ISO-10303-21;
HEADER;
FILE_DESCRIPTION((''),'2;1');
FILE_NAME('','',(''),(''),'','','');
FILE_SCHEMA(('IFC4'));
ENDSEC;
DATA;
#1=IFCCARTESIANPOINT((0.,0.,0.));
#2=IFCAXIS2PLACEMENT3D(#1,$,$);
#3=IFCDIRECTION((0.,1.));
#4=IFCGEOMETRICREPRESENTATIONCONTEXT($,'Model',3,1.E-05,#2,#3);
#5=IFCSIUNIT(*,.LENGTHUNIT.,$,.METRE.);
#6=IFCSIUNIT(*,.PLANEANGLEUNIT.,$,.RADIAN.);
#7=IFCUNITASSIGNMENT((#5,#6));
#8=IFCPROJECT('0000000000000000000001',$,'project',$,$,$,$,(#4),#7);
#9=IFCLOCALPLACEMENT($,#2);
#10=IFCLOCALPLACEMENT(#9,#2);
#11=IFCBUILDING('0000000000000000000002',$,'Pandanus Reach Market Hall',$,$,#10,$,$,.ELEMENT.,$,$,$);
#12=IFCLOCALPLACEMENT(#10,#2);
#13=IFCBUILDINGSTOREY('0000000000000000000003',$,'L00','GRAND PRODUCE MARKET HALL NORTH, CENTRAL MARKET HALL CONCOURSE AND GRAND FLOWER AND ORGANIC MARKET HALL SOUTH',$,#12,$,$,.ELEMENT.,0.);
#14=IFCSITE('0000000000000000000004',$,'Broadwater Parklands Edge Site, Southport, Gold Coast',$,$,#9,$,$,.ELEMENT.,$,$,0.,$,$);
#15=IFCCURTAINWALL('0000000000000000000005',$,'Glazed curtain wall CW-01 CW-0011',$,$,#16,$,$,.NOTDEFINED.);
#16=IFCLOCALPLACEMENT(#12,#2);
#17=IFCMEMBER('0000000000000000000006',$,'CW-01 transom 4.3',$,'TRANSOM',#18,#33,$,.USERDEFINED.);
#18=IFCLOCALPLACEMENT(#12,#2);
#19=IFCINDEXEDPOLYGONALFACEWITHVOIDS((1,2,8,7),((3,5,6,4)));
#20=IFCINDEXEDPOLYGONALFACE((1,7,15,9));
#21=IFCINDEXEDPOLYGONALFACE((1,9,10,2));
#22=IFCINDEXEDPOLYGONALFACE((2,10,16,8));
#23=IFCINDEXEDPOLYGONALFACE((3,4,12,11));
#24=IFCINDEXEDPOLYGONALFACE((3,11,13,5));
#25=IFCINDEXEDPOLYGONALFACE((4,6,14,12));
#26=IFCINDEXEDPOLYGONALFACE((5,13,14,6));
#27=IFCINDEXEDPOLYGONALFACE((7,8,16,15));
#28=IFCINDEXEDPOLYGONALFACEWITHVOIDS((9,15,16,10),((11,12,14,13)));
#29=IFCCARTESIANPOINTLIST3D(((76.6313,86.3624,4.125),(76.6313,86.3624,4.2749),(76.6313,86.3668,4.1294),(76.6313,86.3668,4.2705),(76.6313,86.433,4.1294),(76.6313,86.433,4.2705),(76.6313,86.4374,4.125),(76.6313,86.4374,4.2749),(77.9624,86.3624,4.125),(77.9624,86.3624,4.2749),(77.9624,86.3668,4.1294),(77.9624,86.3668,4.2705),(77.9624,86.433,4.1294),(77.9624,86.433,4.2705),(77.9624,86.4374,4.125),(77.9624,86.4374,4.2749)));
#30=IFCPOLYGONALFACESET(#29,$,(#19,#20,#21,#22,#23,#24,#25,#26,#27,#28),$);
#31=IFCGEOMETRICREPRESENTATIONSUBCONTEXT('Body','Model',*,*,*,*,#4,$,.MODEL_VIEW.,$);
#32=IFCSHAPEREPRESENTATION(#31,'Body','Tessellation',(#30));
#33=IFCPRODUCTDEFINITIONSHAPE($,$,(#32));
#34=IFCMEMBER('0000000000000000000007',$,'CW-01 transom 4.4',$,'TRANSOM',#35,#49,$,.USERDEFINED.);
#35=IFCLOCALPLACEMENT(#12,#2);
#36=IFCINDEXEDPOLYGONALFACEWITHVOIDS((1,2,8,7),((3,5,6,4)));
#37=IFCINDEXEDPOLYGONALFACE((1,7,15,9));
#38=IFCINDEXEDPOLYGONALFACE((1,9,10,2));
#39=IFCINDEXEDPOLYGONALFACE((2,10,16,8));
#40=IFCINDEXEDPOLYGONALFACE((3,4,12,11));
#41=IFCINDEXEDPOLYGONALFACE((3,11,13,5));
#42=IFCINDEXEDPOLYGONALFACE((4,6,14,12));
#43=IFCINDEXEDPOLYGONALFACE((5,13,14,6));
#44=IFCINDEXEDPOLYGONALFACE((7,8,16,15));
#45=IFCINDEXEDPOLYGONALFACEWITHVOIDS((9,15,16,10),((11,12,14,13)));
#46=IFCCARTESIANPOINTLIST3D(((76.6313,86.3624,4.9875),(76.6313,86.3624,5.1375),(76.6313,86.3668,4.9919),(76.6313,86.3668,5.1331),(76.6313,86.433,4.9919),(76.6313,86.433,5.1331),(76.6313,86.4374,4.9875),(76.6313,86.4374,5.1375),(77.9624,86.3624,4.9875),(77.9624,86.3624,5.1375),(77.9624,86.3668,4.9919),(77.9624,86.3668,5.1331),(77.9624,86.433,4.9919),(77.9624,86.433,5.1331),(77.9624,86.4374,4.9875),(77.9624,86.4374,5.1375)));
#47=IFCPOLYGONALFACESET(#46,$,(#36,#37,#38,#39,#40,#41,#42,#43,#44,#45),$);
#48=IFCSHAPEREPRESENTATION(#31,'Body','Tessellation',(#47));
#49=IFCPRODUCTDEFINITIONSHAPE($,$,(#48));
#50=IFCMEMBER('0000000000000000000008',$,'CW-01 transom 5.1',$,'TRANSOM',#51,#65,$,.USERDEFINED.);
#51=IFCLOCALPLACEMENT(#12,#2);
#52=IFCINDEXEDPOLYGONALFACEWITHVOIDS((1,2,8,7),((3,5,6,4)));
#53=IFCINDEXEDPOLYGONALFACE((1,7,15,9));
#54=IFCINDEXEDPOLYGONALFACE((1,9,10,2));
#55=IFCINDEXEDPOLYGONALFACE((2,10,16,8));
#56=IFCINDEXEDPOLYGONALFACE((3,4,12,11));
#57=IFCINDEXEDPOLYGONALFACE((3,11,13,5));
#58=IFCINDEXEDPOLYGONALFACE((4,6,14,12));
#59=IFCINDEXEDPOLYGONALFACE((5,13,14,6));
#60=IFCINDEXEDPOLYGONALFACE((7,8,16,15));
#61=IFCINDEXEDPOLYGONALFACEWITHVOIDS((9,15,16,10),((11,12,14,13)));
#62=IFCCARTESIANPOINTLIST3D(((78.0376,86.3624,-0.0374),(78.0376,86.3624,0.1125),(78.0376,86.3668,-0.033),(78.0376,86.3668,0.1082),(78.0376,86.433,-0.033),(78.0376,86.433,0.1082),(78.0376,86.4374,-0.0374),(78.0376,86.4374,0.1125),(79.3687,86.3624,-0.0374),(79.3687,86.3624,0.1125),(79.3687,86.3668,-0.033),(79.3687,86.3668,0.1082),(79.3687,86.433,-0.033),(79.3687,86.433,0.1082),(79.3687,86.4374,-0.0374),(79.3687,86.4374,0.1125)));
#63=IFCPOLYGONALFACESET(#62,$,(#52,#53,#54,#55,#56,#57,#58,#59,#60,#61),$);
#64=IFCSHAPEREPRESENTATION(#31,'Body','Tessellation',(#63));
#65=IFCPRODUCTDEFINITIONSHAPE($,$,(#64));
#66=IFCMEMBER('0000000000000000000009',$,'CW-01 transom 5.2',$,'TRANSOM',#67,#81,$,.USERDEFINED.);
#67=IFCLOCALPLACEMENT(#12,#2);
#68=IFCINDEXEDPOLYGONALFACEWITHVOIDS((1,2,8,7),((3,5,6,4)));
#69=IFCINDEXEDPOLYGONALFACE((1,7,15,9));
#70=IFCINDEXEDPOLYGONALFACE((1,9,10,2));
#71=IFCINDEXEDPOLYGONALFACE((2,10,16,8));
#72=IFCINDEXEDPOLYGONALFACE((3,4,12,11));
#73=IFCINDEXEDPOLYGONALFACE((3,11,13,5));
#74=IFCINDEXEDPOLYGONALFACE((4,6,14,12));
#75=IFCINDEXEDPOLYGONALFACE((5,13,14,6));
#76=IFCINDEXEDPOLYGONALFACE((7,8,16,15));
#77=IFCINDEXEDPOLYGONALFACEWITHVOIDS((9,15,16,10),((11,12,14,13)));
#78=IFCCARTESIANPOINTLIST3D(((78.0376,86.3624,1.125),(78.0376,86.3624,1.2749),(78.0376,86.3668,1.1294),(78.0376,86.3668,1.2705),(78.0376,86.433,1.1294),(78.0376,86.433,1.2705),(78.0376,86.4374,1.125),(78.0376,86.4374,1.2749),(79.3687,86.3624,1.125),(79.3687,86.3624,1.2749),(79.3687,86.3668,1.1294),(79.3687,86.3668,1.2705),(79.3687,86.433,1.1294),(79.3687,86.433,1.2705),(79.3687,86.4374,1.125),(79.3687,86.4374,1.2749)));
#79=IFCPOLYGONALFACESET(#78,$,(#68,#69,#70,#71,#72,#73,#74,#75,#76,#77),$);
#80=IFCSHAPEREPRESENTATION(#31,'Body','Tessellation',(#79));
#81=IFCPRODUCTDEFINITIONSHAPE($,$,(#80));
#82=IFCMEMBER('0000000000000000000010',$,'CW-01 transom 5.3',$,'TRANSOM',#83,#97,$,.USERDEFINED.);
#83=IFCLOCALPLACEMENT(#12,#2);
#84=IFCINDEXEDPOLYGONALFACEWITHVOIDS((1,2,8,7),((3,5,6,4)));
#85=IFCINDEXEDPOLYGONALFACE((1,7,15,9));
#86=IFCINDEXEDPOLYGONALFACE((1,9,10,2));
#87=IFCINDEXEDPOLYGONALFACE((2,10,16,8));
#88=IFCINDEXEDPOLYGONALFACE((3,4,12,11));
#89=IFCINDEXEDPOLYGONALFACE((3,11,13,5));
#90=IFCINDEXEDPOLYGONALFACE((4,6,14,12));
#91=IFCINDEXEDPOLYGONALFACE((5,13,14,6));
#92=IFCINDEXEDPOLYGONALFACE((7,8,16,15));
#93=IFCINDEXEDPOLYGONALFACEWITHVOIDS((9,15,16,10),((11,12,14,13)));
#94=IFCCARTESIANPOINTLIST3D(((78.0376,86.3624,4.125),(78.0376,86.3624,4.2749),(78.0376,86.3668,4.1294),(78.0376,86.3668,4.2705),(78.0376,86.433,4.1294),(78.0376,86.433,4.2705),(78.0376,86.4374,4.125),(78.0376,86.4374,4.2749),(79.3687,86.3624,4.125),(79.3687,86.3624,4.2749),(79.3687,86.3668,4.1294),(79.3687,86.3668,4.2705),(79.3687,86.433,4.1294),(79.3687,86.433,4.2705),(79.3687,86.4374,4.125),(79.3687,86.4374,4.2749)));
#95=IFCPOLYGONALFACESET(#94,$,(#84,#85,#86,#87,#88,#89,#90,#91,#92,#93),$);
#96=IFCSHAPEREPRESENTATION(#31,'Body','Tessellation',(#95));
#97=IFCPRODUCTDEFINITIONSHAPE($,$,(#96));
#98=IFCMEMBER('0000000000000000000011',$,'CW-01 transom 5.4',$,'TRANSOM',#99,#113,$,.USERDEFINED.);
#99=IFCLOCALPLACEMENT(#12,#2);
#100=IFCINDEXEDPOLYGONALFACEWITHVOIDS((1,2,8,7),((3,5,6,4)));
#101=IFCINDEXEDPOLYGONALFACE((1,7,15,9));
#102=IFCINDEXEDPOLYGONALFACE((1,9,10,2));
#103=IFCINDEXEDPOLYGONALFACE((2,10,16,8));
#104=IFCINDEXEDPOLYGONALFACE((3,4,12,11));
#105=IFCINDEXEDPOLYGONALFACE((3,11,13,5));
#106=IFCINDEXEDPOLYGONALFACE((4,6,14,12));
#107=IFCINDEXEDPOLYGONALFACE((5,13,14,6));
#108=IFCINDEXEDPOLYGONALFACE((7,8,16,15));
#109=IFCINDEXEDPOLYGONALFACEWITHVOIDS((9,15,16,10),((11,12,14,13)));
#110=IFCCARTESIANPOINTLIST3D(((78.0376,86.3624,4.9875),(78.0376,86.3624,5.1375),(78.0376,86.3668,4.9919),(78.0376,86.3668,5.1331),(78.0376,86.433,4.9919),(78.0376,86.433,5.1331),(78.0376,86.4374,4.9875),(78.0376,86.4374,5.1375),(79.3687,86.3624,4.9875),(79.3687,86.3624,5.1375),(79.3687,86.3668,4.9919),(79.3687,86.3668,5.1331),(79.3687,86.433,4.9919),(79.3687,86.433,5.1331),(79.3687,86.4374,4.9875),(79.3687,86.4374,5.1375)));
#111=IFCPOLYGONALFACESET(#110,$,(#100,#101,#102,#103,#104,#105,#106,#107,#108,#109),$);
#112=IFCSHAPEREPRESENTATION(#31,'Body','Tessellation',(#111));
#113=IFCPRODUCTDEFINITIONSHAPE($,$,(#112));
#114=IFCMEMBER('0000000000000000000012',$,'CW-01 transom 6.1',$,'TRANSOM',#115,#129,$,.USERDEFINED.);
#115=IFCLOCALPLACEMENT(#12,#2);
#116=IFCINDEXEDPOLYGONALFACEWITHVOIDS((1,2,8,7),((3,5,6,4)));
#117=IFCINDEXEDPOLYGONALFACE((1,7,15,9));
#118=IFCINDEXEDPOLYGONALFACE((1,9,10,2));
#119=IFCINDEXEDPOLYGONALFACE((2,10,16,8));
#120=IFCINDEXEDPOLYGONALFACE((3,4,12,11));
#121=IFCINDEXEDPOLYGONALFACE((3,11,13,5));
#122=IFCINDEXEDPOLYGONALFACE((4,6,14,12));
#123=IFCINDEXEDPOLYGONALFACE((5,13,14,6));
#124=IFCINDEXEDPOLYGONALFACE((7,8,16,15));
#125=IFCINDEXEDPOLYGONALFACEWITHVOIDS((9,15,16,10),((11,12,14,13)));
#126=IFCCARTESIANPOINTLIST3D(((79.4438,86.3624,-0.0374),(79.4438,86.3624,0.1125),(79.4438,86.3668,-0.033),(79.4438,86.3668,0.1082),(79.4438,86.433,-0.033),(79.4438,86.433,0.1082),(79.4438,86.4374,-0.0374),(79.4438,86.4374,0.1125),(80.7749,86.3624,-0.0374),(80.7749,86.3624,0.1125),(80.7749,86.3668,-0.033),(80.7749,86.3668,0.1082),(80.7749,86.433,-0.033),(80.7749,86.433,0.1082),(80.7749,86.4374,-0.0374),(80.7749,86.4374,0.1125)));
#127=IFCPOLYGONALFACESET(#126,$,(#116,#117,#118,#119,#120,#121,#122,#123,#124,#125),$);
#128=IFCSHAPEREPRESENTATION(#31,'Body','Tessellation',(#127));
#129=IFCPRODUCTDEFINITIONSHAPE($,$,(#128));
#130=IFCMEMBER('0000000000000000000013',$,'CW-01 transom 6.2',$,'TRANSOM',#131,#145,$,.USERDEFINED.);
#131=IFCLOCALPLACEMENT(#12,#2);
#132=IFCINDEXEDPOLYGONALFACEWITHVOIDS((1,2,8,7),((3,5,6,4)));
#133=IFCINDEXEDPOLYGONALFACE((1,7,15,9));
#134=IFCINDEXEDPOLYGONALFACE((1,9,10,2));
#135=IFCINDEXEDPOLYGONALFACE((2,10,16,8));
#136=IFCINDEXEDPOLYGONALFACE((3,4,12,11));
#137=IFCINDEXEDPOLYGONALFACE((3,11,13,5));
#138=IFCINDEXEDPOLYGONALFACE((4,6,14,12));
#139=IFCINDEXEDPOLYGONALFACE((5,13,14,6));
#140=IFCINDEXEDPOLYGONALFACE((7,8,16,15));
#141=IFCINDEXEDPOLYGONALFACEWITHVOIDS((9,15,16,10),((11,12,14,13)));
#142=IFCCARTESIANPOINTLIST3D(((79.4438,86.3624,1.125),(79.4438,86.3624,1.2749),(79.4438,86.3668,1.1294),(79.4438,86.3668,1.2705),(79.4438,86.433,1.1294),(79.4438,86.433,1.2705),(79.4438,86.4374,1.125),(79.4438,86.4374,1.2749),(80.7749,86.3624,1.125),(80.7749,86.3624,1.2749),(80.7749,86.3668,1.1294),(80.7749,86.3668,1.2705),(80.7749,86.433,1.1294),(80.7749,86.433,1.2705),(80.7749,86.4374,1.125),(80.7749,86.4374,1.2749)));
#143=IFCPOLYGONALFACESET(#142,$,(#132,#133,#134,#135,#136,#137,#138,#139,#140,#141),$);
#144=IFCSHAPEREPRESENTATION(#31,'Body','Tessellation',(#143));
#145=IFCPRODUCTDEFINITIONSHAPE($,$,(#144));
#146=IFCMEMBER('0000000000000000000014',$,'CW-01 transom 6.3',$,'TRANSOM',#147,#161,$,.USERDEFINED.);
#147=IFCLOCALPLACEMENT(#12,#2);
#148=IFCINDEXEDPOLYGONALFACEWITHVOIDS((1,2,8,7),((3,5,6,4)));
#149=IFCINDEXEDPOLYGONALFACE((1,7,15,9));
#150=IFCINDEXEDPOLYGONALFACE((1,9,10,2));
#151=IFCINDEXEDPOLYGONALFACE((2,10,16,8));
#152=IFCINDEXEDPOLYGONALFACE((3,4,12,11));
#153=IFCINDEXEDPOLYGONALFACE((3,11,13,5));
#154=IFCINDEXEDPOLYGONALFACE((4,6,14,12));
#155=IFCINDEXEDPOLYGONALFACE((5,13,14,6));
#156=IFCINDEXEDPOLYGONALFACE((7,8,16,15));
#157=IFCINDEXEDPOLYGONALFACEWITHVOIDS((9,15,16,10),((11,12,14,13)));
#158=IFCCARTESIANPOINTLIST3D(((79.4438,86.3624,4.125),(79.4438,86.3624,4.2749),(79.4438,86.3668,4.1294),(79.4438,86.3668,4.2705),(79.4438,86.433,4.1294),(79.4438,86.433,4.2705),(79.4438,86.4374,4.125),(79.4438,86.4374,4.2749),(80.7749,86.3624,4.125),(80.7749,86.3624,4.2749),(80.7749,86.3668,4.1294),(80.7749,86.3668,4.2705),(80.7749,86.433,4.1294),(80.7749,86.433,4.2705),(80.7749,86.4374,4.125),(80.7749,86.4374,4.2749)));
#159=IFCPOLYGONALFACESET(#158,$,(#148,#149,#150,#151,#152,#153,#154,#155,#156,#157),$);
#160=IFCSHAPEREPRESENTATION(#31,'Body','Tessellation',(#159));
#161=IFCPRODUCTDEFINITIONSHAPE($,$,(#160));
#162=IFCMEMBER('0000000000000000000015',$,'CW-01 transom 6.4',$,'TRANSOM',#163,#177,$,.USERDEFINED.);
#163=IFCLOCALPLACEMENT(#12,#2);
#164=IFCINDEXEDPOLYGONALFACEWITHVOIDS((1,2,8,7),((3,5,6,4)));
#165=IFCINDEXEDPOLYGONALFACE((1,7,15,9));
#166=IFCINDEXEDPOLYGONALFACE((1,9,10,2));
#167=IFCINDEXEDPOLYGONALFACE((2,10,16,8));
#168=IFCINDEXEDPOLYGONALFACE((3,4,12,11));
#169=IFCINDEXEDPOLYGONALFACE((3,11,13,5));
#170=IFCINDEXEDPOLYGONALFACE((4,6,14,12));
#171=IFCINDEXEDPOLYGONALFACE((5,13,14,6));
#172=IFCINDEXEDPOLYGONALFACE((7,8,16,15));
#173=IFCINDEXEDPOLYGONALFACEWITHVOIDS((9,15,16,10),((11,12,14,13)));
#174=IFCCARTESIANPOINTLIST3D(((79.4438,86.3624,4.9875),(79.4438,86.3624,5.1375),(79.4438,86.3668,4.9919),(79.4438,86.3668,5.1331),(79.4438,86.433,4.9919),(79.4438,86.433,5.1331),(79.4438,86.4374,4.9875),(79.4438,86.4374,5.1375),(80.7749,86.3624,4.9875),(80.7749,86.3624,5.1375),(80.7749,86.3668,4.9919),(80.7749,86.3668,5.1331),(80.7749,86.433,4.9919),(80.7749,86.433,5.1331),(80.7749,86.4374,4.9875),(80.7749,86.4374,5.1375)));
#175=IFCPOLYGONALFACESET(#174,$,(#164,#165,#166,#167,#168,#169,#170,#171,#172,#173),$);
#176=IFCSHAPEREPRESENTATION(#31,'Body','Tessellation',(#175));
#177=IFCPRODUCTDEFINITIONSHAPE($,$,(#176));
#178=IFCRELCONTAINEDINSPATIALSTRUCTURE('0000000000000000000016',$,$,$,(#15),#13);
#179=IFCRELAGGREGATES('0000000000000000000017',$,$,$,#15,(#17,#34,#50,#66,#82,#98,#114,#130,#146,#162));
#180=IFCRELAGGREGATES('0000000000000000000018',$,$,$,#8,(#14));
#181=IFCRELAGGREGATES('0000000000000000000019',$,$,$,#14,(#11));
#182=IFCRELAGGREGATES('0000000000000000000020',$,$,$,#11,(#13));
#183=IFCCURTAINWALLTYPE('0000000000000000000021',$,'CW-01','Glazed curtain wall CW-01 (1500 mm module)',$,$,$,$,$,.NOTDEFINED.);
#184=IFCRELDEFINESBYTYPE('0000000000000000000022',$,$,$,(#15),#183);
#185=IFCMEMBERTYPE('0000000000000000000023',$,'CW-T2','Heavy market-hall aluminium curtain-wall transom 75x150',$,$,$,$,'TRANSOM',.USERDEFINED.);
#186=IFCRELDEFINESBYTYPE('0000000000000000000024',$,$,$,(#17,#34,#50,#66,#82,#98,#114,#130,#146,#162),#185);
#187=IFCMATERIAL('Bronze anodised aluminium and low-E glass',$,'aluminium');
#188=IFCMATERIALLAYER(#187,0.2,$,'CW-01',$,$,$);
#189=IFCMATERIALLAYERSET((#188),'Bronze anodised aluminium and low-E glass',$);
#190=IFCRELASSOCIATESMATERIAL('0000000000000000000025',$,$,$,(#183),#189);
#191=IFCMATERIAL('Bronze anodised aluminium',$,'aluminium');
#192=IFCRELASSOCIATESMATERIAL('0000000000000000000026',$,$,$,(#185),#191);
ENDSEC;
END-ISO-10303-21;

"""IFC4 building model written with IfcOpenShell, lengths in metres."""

from ifc_helpers import new_model, si_unit, direction, frame, origin, origin_2d, place, context, subcontext, project, spatial, hollow_rectangle, extrude, material, layer, layer_set, material_profile, profile_set, type_object, element, aggregate, save


model = new_model("IFC4")

# Units and contexts
model_context = context("Model", 3, precision=1e-05, world=origin(), true_north=direction((0.0, 1.0)))
body_context = subcontext(model_context, "Body", "Model", "MODEL_VIEW")
ifc_project = project(units=[si_unit("LENGTHUNIT", "METRE"), si_unit("PLANEANGLEUNIT", "RADIAN")], contexts=[model_context])

# Site, building, storey
site_placement = place(None, origin())
site = spatial("IfcSite", under=ifc_project, at=site_placement, Name="Broadwater Parklands Edge Site, Southport, Gold Coast", CompositionType="ELEMENT", RefElevation=0.0)
building_placement = place(site_placement, origin())
building = spatial("IfcBuilding", under=site, at=building_placement, Name="Pandanus Reach Market Hall", CompositionType="ELEMENT")
storey_placement = place(building_placement, origin())
storey = spatial("IfcBuildingStorey", under=building, at=storey_placement, Name="L00", Description="GRAND PRODUCE MARKET HALL NORTH, CENTRAL MARKET HALL CONCOURSE AND GRAND FLOWER AND ORGANIC MARKET HALL SOUTH", CompositionType="ELEMENT", Elevation=0.0)

# Curtain wall, members
ifc_material_1 = material(Name="Bronze anodised aluminium and low-E glass", Category="aluminium")
ifc_layer_1 = layer(ifc_material_1, 0.2, Name="CW-01")
ifc_layer_set_1 = layer_set([ifc_layer_1], Name="Bronze anodised aluminium and low-E glass")
curtain_wall_type = type_object("IfcCurtainWallType", Name="CW-01", Description="Glazed curtain wall CW-01 (1500 mm module)", PredefinedType="NOTDEFINED", material=ifc_layer_set_1)
curtain_wall_placement = place(storey_placement, origin())
curtain_wall = element("IfcCurtainWall", 1, at=curtain_wall_placement, inside=storey, type_object=curtain_wall_type, Name="Glazed curtain wall CW-01 CW-0011", PredefinedType="NOTDEFINED")
ifc_material_2 = material(Name="Bronze anodised aluminium", Category="aluminium")
ifc_material_profile_1 = material_profile(ifc_material_2, hollow_rectangle(XDim=0.075, YDim=0.1499, WallThickness=0.0044, at=origin_2d()), Name="ALU75x150", Category="LoadBearing")
ifc_profile_set_1 = profile_set([ifc_material_profile_1], Name="Bronze anodised aluminium")
member_type_1 = type_object("IfcMemberType", Name="CW-T2", Description="Heavy market-hall aluminium curtain-wall transom 75x150", ElementType="TRANSOM", PredefinedType="USERDEFINED", material=ifc_profile_set_1)
member_1_placement = place(storey_placement, frame((76.6313, 86.3999, 4.2), z_axis=(1.0, 0.0, 0.0), x_axis=(0.0, 1.0, 0.0)))
member_1 = element("IfcMember", 2, at=member_1_placement, type_object=member_type_1, Name="CW-01 transom 4.3", ObjectType="TRANSOM", PredefinedType="USERDEFINED", context=body_context, shape_type="SweptSolid", body=[
    extrude(hollow_rectangle(XDim=0.075, YDim=0.1499, WallThickness=0.0044, at=origin_2d()), origin(), (0.0, 0.0, 1.0), 1.3311),
])
member_2_placement = place(storey_placement, frame((76.6313, 86.3999, 5.0625), z_axis=(1.0, 0.0, 0.0), x_axis=(0.0, 1.0, 0.0)))
member_2 = element("IfcMember", 3, at=member_2_placement, type_object=member_type_1, Name="CW-01 transom 4.4", ObjectType="TRANSOM", PredefinedType="USERDEFINED", context=body_context, shape_type="SweptSolid", body=[
    extrude(hollow_rectangle(XDim=0.075, YDim=0.1499, WallThickness=0.0044, at=origin_2d()), origin(), (0.0, 0.0, 1.0), 1.3311),
])
member_3_placement = place(storey_placement, frame((78.0376, 86.3999, 0.0376), z_axis=(1.0, 0.0, 0.0), x_axis=(0.0, 1.0, 0.0)))
member_3 = element("IfcMember", 4, at=member_3_placement, type_object=member_type_1, Name="CW-01 transom 5.1", ObjectType="TRANSOM", PredefinedType="USERDEFINED", context=body_context, shape_type="SweptSolid", body=[
    extrude(hollow_rectangle(XDim=0.075, YDim=0.1499, WallThickness=0.0044, at=origin_2d()), origin(), (0.0, 0.0, 1.0), 1.3311),
])
member_4_placement = place(storey_placement, frame((78.0376, 86.3999, 1.2), z_axis=(1.0, 0.0, 0.0), x_axis=(0.0, 1.0, 0.0)))
member_4 = element("IfcMember", 5, at=member_4_placement, type_object=member_type_1, Name="CW-01 transom 5.2", ObjectType="TRANSOM", PredefinedType="USERDEFINED", context=body_context, shape_type="SweptSolid", body=[
    extrude(hollow_rectangle(XDim=0.075, YDim=0.1499, WallThickness=0.0044, at=origin_2d()), origin(), (0.0, 0.0, 1.0), 1.3311),
])
member_5_placement = place(storey_placement, frame((78.0376, 86.3999, 4.2), z_axis=(1.0, 0.0, 0.0), x_axis=(0.0, 1.0, 0.0)))
member_5 = element("IfcMember", 6, at=member_5_placement, type_object=member_type_1, Name="CW-01 transom 5.3", ObjectType="TRANSOM", PredefinedType="USERDEFINED", context=body_context, shape_type="SweptSolid", body=[
    extrude(hollow_rectangle(XDim=0.075, YDim=0.1499, WallThickness=0.0044, at=origin_2d()), origin(), (0.0, 0.0, 1.0), 1.3311),
])
member_6_placement = place(storey_placement, frame((78.0376, 86.3999, 5.0625), z_axis=(1.0, 0.0, 0.0), x_axis=(0.0, 1.0, 0.0)))
member_6 = element("IfcMember", 7, at=member_6_placement, type_object=member_type_1, Name="CW-01 transom 5.4", ObjectType="TRANSOM", PredefinedType="USERDEFINED", context=body_context, shape_type="SweptSolid", body=[
    extrude(hollow_rectangle(XDim=0.075, YDim=0.1499, WallThickness=0.0044, at=origin_2d()), origin(), (0.0, 0.0, 1.0), 1.3311),
])
member_7_placement = place(storey_placement, frame((79.4438, 86.3999, 0.0376), z_axis=(1.0, 0.0, 0.0), x_axis=(0.0, 1.0, 0.0)))
member_7 = element("IfcMember", 8, at=member_7_placement, type_object=member_type_1, Name="CW-01 transom 6.1", ObjectType="TRANSOM", PredefinedType="USERDEFINED", context=body_context, shape_type="SweptSolid", body=[
    extrude(hollow_rectangle(XDim=0.075, YDim=0.1499, WallThickness=0.0044, at=origin_2d()), origin(), (0.0, 0.0, 1.0), 1.3311),
])
member_8_placement = place(storey_placement, frame((79.4438, 86.3999, 1.2), z_axis=(1.0, 0.0, 0.0), x_axis=(0.0, 1.0, 0.0)))
member_8 = element("IfcMember", 9, at=member_8_placement, type_object=member_type_1, Name="CW-01 transom 6.2", ObjectType="TRANSOM", PredefinedType="USERDEFINED", context=body_context, shape_type="SweptSolid", body=[
    extrude(hollow_rectangle(XDim=0.075, YDim=0.1499, WallThickness=0.0044, at=origin_2d()), origin(), (0.0, 0.0, 1.0), 1.3311),
])
member_9_placement = place(storey_placement, frame((79.4438, 86.3999, 4.2), z_axis=(1.0, 0.0, 0.0), x_axis=(0.0, 1.0, 0.0)))
member_9 = element("IfcMember", 10, at=member_9_placement, type_object=member_type_1, Name="CW-01 transom 6.3", ObjectType="TRANSOM", PredefinedType="USERDEFINED", context=body_context, shape_type="SweptSolid", body=[
    extrude(hollow_rectangle(XDim=0.075, YDim=0.1499, WallThickness=0.0044, at=origin_2d()), origin(), (0.0, 0.0, 1.0), 1.3311),
])
member_10_placement = place(storey_placement, frame((79.4438, 86.3999, 5.0625), z_axis=(1.0, 0.0, 0.0), x_axis=(0.0, 1.0, 0.0)))
member_10 = element("IfcMember", 11, at=member_10_placement, type_object=member_type_1, Name="CW-01 transom 6.4", ObjectType="TRANSOM", PredefinedType="USERDEFINED", context=body_context, shape_type="SweptSolid", body=[
    extrude(hollow_rectangle(XDim=0.075, YDim=0.1499, WallThickness=0.0044, at=origin_2d()), origin(), (0.0, 0.0, 1.0), 1.3311),
])

aggregate(curtain_wall, [member_1, member_2, member_3, member_4, member_5, member_6, member_7, member_8, member_9, member_10])

save(model, "model.ifc")
